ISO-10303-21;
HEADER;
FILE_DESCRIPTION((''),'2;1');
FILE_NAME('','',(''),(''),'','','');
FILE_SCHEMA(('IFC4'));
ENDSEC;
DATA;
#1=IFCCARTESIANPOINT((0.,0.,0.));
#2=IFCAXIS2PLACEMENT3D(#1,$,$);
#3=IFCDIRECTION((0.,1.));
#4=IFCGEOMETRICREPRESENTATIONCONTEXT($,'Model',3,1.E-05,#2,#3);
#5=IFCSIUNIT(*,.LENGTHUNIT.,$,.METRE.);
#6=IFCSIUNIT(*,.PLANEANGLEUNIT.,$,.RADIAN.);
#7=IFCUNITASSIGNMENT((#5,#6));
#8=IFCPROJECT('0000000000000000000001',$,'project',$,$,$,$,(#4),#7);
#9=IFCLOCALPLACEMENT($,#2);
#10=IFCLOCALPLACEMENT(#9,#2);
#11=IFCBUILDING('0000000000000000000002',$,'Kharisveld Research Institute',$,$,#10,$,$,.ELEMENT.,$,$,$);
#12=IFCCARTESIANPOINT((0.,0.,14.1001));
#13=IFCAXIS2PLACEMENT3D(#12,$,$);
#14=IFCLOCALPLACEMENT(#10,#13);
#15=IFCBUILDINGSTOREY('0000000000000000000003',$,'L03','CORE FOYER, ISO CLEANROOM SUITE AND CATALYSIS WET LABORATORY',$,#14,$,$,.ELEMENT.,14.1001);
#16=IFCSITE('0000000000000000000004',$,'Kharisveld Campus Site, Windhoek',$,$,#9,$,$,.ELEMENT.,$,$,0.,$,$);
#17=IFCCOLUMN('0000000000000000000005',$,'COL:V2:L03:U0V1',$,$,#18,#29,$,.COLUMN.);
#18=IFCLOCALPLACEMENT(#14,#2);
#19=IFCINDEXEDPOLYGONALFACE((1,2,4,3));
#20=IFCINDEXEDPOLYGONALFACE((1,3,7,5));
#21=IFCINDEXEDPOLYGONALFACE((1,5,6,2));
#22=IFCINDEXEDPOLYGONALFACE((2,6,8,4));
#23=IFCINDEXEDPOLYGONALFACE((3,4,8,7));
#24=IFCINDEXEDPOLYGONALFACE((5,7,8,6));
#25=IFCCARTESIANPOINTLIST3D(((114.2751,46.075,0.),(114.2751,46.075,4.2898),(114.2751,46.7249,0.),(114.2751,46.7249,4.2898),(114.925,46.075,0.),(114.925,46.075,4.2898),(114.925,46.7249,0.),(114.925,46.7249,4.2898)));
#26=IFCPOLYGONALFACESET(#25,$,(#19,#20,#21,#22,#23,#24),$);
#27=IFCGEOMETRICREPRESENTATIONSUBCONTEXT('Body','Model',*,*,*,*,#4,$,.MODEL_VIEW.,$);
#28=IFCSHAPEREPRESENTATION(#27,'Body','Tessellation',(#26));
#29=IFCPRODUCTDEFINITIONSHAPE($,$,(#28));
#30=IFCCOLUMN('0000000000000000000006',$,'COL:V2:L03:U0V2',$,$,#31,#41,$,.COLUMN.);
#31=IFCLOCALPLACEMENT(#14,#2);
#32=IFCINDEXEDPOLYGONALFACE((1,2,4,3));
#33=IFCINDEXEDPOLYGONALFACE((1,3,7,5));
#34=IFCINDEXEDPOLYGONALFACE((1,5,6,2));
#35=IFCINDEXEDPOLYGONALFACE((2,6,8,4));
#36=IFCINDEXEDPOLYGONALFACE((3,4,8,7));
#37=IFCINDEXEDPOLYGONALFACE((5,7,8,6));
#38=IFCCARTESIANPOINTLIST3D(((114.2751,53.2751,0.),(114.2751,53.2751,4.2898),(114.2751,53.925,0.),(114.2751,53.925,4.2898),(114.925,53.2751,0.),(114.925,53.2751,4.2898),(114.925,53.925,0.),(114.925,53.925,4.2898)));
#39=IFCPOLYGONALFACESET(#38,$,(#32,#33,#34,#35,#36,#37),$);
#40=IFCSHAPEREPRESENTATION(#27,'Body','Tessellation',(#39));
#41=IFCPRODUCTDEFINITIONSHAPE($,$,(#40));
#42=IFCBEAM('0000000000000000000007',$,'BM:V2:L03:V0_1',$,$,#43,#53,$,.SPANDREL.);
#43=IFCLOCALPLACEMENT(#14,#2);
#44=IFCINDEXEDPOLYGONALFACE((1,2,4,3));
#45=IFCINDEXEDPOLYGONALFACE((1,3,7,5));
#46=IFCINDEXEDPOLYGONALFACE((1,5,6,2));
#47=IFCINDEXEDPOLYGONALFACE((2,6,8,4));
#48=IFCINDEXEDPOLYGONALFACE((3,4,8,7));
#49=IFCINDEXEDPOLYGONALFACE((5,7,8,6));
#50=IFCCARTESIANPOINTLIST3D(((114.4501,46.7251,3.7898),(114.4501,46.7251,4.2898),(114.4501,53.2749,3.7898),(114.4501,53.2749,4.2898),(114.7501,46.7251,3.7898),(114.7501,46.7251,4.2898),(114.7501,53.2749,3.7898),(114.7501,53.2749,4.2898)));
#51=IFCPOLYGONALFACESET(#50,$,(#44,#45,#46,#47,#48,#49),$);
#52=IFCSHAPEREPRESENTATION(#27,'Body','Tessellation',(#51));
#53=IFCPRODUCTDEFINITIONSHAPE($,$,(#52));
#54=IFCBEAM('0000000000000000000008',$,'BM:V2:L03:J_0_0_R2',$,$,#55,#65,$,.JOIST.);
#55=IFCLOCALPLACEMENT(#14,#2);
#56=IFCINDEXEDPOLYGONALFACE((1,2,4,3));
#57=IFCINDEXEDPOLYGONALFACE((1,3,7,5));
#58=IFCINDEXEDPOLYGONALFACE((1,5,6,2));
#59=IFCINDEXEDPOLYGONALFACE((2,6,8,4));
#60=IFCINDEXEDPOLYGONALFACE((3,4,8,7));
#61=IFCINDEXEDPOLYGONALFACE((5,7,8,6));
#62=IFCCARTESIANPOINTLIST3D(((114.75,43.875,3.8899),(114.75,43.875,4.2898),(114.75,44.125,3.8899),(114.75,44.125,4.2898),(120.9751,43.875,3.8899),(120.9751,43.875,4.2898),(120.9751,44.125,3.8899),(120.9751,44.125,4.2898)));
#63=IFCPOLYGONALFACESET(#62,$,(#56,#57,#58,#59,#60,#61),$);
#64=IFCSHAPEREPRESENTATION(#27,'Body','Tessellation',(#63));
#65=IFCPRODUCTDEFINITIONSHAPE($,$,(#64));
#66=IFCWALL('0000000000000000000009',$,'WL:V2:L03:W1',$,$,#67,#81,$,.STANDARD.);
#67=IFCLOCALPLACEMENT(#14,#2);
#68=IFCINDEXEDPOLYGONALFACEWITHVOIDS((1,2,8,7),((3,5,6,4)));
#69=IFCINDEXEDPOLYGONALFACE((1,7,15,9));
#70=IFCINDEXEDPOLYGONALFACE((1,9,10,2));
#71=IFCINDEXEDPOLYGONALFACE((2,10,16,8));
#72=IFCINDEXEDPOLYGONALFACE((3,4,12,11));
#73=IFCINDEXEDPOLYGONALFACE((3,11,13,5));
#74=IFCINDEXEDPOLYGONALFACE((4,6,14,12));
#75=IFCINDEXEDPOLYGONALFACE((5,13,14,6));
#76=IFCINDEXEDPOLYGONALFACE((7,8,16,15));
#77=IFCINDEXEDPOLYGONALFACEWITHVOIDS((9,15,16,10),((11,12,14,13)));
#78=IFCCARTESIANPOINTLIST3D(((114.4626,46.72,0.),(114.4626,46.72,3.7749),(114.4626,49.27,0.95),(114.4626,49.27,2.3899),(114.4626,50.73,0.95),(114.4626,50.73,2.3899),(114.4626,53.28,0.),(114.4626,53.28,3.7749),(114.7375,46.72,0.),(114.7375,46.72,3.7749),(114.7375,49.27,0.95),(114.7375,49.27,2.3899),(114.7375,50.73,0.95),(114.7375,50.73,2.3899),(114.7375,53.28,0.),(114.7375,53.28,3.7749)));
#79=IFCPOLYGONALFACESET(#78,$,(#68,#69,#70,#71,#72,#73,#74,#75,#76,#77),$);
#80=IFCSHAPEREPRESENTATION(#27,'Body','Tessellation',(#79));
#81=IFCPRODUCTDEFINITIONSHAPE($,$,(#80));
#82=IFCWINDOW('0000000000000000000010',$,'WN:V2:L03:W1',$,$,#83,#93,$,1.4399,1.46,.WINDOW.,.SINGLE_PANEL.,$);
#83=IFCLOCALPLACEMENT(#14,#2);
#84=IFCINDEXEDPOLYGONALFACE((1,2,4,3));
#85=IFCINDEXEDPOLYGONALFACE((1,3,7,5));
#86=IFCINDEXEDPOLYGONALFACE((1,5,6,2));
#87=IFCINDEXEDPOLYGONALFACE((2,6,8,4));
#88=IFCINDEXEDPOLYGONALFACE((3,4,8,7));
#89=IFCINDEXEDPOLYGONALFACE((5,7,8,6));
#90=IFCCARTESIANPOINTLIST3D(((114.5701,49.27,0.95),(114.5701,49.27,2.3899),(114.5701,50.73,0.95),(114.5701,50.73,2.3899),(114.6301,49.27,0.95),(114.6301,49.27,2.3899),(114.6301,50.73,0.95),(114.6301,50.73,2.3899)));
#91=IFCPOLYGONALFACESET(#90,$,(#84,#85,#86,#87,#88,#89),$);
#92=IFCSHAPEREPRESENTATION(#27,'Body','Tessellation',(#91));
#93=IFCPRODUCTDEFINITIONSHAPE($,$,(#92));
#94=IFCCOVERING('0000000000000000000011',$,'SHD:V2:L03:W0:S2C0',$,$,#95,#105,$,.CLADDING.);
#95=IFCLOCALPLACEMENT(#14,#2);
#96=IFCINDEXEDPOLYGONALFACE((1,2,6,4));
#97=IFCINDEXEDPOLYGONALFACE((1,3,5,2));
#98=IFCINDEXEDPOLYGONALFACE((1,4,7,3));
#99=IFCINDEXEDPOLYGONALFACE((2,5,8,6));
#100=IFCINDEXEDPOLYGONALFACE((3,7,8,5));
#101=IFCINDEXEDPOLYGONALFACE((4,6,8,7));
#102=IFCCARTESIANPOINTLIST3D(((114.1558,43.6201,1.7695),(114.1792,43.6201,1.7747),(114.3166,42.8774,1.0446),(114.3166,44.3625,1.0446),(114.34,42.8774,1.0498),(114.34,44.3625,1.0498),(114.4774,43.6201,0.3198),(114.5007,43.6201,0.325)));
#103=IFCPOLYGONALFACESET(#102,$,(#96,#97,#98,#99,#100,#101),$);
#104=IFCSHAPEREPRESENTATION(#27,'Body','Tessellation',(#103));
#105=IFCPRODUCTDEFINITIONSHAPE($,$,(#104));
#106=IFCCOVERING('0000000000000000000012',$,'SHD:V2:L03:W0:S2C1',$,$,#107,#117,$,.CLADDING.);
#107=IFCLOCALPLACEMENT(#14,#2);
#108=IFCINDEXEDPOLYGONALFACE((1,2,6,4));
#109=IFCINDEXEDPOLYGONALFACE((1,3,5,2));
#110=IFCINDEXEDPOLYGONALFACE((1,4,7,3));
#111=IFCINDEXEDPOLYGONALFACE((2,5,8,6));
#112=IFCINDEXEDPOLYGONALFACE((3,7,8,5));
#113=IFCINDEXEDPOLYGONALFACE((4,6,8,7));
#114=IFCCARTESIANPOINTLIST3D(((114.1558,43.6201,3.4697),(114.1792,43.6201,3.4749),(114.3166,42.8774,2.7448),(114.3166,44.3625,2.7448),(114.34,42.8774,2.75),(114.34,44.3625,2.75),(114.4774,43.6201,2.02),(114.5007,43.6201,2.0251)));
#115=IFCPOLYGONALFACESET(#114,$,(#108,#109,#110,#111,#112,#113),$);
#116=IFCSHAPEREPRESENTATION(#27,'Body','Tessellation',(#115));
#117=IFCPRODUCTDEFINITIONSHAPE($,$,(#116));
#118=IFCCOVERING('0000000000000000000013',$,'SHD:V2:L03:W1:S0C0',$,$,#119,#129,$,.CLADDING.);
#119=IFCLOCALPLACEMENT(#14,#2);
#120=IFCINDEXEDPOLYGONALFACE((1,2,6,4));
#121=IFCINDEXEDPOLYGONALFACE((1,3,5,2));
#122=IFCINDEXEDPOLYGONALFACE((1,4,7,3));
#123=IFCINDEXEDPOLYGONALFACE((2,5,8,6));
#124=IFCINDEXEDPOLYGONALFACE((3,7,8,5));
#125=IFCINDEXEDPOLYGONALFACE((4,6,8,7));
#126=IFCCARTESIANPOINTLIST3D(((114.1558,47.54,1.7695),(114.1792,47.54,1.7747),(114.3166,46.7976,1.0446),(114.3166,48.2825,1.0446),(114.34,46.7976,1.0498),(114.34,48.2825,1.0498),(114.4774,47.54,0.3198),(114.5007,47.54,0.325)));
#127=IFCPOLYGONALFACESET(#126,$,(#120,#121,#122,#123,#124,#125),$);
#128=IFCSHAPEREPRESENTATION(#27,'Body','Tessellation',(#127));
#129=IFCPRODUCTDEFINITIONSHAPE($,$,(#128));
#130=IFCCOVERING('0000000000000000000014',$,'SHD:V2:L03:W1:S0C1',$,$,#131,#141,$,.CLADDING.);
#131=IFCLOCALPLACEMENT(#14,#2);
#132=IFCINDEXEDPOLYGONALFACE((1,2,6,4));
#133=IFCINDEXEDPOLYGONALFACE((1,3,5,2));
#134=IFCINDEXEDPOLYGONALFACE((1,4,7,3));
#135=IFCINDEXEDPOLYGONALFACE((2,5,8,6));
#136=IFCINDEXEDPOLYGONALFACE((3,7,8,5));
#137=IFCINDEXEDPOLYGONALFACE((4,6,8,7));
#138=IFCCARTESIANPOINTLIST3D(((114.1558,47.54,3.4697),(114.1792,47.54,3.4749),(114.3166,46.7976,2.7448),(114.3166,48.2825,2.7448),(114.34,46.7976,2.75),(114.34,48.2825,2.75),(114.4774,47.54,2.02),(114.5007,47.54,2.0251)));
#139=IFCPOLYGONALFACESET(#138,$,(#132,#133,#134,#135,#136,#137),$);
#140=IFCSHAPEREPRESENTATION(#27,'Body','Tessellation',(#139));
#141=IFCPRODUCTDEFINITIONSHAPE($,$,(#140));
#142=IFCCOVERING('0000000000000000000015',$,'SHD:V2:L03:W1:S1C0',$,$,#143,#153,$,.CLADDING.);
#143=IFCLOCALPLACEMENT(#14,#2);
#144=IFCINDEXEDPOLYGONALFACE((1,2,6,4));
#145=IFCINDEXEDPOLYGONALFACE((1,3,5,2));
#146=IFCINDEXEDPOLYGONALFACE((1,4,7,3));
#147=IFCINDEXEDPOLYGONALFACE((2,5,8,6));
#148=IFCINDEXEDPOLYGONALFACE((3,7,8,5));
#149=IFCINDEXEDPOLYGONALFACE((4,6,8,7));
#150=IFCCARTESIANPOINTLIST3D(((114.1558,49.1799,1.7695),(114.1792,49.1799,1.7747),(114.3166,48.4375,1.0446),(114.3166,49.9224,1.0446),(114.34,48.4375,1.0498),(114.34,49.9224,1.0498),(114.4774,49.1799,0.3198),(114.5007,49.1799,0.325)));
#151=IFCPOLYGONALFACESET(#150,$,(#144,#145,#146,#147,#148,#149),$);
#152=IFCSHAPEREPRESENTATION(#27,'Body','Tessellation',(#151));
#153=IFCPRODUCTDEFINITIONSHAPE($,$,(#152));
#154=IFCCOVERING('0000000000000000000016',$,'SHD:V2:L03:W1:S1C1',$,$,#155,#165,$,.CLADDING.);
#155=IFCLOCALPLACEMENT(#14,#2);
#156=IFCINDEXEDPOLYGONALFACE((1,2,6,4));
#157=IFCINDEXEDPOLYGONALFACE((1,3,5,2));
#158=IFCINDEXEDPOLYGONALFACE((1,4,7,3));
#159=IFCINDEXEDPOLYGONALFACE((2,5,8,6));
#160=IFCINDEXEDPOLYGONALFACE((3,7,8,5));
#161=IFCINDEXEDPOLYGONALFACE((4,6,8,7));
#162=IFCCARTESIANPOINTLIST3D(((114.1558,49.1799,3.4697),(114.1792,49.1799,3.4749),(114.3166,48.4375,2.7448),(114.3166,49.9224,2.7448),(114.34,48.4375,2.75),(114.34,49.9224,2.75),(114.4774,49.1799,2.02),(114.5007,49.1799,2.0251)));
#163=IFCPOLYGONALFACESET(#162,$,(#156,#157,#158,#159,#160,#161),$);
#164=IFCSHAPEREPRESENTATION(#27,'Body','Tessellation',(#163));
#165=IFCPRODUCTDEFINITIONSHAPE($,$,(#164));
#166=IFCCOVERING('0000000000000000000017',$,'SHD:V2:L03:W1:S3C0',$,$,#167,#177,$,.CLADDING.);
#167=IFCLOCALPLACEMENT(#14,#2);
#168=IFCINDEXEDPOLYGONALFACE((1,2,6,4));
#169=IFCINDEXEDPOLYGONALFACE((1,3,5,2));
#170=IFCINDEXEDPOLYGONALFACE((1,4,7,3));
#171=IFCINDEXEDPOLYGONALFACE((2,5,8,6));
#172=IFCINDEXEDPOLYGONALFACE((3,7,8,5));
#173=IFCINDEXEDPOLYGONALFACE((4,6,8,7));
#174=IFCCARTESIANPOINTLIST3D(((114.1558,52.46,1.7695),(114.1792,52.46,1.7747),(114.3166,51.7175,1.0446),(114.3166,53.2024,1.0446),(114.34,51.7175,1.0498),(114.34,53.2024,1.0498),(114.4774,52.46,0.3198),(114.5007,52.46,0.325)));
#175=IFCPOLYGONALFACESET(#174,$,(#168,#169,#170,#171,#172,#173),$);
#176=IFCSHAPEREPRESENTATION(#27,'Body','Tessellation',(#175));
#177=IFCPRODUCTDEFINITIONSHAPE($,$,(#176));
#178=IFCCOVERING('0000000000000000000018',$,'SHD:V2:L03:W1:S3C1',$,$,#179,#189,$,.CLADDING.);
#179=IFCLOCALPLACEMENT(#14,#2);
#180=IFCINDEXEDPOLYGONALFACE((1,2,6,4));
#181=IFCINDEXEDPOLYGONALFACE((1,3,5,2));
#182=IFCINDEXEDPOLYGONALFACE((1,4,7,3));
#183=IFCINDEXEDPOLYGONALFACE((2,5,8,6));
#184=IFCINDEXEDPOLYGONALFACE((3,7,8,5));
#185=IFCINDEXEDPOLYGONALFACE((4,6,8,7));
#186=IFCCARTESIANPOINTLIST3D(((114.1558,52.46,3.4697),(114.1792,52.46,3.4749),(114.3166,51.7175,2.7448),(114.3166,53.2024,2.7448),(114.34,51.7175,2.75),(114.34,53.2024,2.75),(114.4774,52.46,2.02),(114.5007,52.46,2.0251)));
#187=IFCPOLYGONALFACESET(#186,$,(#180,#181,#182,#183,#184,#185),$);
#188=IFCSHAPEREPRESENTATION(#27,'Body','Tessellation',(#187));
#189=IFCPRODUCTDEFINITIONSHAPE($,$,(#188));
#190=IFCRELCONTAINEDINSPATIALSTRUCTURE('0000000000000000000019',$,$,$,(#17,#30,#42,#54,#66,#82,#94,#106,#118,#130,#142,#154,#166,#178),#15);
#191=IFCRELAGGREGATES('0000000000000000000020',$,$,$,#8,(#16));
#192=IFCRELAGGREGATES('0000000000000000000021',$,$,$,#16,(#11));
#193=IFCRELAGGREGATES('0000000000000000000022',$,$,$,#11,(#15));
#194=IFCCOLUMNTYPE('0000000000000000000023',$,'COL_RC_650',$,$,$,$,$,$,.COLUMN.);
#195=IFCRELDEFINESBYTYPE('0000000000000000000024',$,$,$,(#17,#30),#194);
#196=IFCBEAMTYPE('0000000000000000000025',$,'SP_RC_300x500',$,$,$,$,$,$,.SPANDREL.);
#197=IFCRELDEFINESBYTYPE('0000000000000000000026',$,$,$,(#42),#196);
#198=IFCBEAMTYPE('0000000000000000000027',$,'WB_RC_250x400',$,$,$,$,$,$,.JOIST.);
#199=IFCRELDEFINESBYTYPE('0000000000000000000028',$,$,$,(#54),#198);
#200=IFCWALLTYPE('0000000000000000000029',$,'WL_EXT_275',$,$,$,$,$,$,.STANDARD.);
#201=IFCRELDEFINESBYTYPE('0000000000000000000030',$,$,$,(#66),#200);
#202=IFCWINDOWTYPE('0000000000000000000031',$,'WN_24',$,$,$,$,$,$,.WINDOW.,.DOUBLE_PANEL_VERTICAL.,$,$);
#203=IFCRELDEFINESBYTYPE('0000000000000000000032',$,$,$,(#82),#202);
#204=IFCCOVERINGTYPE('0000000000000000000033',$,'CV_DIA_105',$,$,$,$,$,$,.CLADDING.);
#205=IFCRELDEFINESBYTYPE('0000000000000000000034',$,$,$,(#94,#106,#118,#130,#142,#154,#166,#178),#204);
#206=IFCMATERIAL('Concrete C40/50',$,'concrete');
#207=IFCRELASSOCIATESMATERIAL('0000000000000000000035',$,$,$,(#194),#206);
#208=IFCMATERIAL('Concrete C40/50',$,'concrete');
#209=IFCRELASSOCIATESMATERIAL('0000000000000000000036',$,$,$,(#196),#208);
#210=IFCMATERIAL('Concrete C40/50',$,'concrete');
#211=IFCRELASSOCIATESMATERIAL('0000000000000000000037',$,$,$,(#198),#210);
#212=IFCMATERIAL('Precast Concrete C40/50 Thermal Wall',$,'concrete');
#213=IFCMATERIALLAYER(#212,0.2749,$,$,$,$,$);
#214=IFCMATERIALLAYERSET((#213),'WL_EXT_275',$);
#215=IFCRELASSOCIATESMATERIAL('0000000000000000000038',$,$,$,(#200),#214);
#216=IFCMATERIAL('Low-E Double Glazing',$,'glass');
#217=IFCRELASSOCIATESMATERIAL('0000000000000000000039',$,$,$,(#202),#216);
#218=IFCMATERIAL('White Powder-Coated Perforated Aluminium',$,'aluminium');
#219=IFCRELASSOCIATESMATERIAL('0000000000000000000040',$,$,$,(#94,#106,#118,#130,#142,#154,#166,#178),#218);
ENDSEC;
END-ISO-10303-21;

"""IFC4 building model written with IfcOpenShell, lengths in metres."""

from ifc_helpers import new_model, si_unit, direction, frame, frame_2d, origin, origin_2d, place, context, subcontext, project, spatial, polyline, rectangle, outline, extrude, material, layer, layer_set, material_profile, profile_set, type_object, element, fill, save


model = new_model("IFC4")

# Units and contexts
model_context = context("Model", 3, precision=1e-05, world=origin(), true_north=direction((0.0, 1.0)))
body_context = subcontext(model_context, "Body", "Model", "MODEL_VIEW")
ifc_project = project(units=[si_unit("LENGTHUNIT", "METRE"), si_unit("PLANEANGLEUNIT", "RADIAN")], contexts=[model_context])

# Site, building, storey
site_placement = place(None, origin())
site = spatial("IfcSite", under=ifc_project, at=site_placement, Name="Kharisveld Campus Site, Windhoek", CompositionType="ELEMENT", RefElevation=0.0)
building_placement = place(site_placement, origin())
building = spatial("IfcBuilding", under=site, at=building_placement, Name="Kharisveld Research Institute", CompositionType="ELEMENT")
storey_placement = place(building_placement, frame((0.0, 0.0, 14.1001)))
storey = spatial("IfcBuildingStorey", under=building, at=storey_placement, Name="L03", Description="CORE FOYER, ISO CLEANROOM SUITE AND CATALYSIS WET LABORATORY", CompositionType="ELEMENT", Elevation=14.1001)

# Columns
ifc_material_1 = material(Name="Concrete C40/50", Category="concrete")
ifc_material_profile_1 = material_profile(ifc_material_1, rectangle(XDim=0.6499, YDim=0.6499, at=origin_2d()))
ifc_profile_set_1 = profile_set([ifc_material_profile_1], Name="Concrete C40/50")
column_type = type_object("IfcColumnType", Name="COL_RC_650", PredefinedType="COLUMN", material=ifc_profile_set_1)
for number, where, z_axis, x_axis, name in (
    (1, (114.6001, 46.3999, 0.0), (0.0, 0.0, 1.0), (1.0, 0.0, 0.0), "COL:V2:L03:U0V1"),
    (2, (114.6001, 53.6001, 0.0), (0.0, 0.0, 1.0), (1.0, 0.0, 0.0), "COL:V2:L03:U0V2"),
):
    element("IfcColumn", number, at=place(storey_placement, frame(where, z_axis=z_axis, x_axis=x_axis)), inside=storey, type_object=column_type, Name=name, PredefinedType="COLUMN", context=body_context, shape_type="SweptSolid", body=[
        extrude(rectangle(XDim=0.6499, YDim=0.6499, at=origin_2d()), origin(), (0.0, 0.0, 1.0), 4.2898),
    ])

# Beams
ifc_material_2 = material(Name="Concrete C40/50", Category="concrete")
ifc_material_profile_2 = material_profile(ifc_material_2, rectangle(XDim=0.3, YDim=0.5, at=origin_2d()))
ifc_profile_set_2 = profile_set([ifc_material_profile_2], Name="Concrete C40/50")
beam_type_1 = type_object("IfcBeamType", Name="SP_RC_300x500", PredefinedType="SPANDREL", material=ifc_profile_set_2)
beam_1_placement = place(storey_placement, frame((114.6001, 46.7251, 4.0398), z_axis=(0.0, 1.0, 0.0), x_axis=(-1.0, 0.0, 0.0)))
element("IfcBeam", 3, at=beam_1_placement, inside=storey, type_object=beam_type_1, Name="BM:V2:L03:V0_1", PredefinedType="SPANDREL", context=body_context, shape_type="SweptSolid", body=[
    extrude(rectangle(XDim=0.3, YDim=0.5, at=origin_2d()), origin(), (0.0, 0.0, 1.0), 6.5498),
])
ifc_material_3 = material(Name="Concrete C40/50", Category="concrete")
ifc_material_profile_3 = material_profile(ifc_material_3, rectangle(XDim=0.25, YDim=0.3999, at=origin_2d()))
ifc_profile_set_3 = profile_set([ifc_material_profile_3], Name="Concrete C40/50")
beam_type_2 = type_object("IfcBeamType", Name="WB_RC_250x400", PredefinedType="JOIST", material=ifc_profile_set_3)
beam_2_placement = place(storey_placement, frame((114.75, 44.0, 4.0898), z_axis=(1.0, 0.0, 0.0), x_axis=(0.0, 1.0, 0.0)))
element("IfcBeam", 4, at=beam_2_placement, inside=storey, type_object=beam_type_2, Name="BM:V2:L03:J_0_0_R2", PredefinedType="JOIST", context=body_context, shape_type="SweptSolid", body=[
    extrude(rectangle(XDim=0.25, YDim=0.3999, at=origin_2d()), origin(), (0.0, 0.0, 1.0), 6.2251),
])

# Wall, opening, window
ifc_material_4 = material(Name="Precast Concrete C40/50 Thermal Wall", Category="concrete")
ifc_layer = layer(ifc_material_4, 0.2749)
ifc_layer_set = layer_set([ifc_layer], Name="WL_EXT_275")
wall_type = type_object("IfcWallType", Name="WL_EXT_275", PredefinedType="STANDARD", material=ifc_layer_set)
wall_placement = place(storey_placement, frame((114.6001, 46.72, 0.0), z_axis=(0.0, 0.0, 1.0), x_axis=(0.0, 1.0, 0.0)))
wall = element("IfcWall", 5, at=wall_placement, inside=storey, type_object=wall_type, Name="WL:V2:L03:W1", PredefinedType="STANDARD", context=body_context, shape_type="SweptSolid", body=[
    extrude(rectangle(XDim=6.5601, YDim=0.2749, at=frame_2d((3.28, 0.0))), origin(), (0.0, 0.0, 1.0), 3.7749),
])
opening_placement = place(wall_placement, frame((2.55, 0.0, 0.95)))
opening = element("IfcOpeningElement", 6, at=opening_placement, cuts=wall, PredefinedType="OPENING", context=body_context, shape_type="SweptSolid", body=[
    extrude(rectangle(XDim=1.46, YDim=1.4399, at=frame_2d((0.73, 0.72))), frame((0.0, 0.1375, 0.0), z_axis=(0.0, -1.0, 0.0), x_axis=(1.0, 0.0, 0.0)), (0.0, 0.0, 1.0), 0.2749),
])
ifc_material_5 = material(Name="Low-E Double Glazing", Category="glass")
window_type = type_object("IfcWindowType", Name="WN_24", PartitioningType="DOUBLE_PANEL_VERTICAL", PredefinedType="WINDOW", material=ifc_material_5)
window_placement = place(opening_placement, origin())
window = element("IfcWindow", 7, at=window_placement, inside=storey, type_object=window_type, Name="WN:V2:L03:W1", OverallHeight=1.4399, OverallWidth=1.46, PartitioningType="SINGLE_PANEL", PredefinedType="WINDOW", context=body_context, shape_type="SweptSolid", body=[
    extrude(rectangle(XDim=1.46, YDim=1.4399, at=frame_2d((0.73, 0.72))), frame((0.0, 0.03, 0.0), z_axis=(0.0, -1.0, 0.0), x_axis=(1.0, 0.0, 0.0)), (0.0, 0.0, 1.0), 0.0601),
])
fill(opening, window)

# Coverings
ifc_material_6 = material(Name="White Powder-Coated Perforated Aluminium", Category="aluminium")
covering_type = type_object("IfcCoveringType", Name="CV_DIA_105", PredefinedType="CLADDING")
for number, where, z_axis, x_axis, name in (
    (8, (114.5007, 43.6201, 0.325), (0.976276, 0.0, 0.21653), (-0.153111, 0.707102, 0.690336), "SHD:V2:L03:W0:S2C0"),
    (9, (114.5007, 43.6201, 2.0251), (0.976276, 0.0, 0.21653), (-0.153111, 0.707102, 0.690336), "SHD:V2:L03:W0:S2C1"),
):
    element("IfcCovering", number, at=place(storey_placement, frame(where, z_axis=z_axis, x_axis=x_axis)), inside=storey, type_object=covering_type, material=ifc_material_6, Name=name, PredefinedType="CLADDING", context=body_context, shape_type="SweptSolid", body=[
        extrude(outline(polyline([(0.0, 0.0), (1.05, 0.0), (1.05, 1.05), (-0.0002, 1.0501), (0.0, 0.0)])), origin(), (0.0, 0.0, -1.0), 0.0239),
    ])
for number, where, z_axis, x_axis, name in (
    (10, (114.5007, 47.54, 0.325), (0.976276, 0.0, 0.21653), (-0.153111, 0.707102, 0.690336), "SHD:V2:L03:W1:S0C0"),
    (11, (114.5007, 47.54, 2.0251), (0.976276, 0.0, 0.21653), (-0.153111, 0.707102, 0.690336), "SHD:V2:L03:W1:S0C1"),
    (12, (114.5007, 49.1799, 0.325), (0.976276, 0.0, 0.21653), (-0.153111, 0.707102, 0.690336), "SHD:V2:L03:W1:S1C0"),
    (13, (114.5007, 49.1799, 2.0251), (0.976276, 0.0, 0.21653), (-0.153111, 0.707102, 0.690336), "SHD:V2:L03:W1:S1C1"),
    (14, (114.5007, 52.46, 0.325), (0.976276, 0.0, 0.21653), (-0.153111, 0.707102, 0.690336), "SHD:V2:L03:W1:S3C0"),
    (15, (114.5007, 52.46, 2.0251), (0.976276, 0.0, 0.21653), (-0.153111, 0.707102, 0.690336), "SHD:V2:L03:W1:S3C1"),
):
    element("IfcCovering", number, at=place(storey_placement, frame(where, z_axis=z_axis, x_axis=x_axis)), inside=storey, type_object=covering_type, material=ifc_material_6, Name=name, PredefinedType="CLADDING", context=body_context, shape_type="SweptSolid", body=[
        extrude(outline(polyline([(0.0, 0.0), (1.05, 0.0), (1.05, 1.05), (0.0, 1.05), (0.0, 0.0)])), origin(), (0.0, 0.0, -1.0), 0.0239),
    ])

save(model, "model.ifc")
